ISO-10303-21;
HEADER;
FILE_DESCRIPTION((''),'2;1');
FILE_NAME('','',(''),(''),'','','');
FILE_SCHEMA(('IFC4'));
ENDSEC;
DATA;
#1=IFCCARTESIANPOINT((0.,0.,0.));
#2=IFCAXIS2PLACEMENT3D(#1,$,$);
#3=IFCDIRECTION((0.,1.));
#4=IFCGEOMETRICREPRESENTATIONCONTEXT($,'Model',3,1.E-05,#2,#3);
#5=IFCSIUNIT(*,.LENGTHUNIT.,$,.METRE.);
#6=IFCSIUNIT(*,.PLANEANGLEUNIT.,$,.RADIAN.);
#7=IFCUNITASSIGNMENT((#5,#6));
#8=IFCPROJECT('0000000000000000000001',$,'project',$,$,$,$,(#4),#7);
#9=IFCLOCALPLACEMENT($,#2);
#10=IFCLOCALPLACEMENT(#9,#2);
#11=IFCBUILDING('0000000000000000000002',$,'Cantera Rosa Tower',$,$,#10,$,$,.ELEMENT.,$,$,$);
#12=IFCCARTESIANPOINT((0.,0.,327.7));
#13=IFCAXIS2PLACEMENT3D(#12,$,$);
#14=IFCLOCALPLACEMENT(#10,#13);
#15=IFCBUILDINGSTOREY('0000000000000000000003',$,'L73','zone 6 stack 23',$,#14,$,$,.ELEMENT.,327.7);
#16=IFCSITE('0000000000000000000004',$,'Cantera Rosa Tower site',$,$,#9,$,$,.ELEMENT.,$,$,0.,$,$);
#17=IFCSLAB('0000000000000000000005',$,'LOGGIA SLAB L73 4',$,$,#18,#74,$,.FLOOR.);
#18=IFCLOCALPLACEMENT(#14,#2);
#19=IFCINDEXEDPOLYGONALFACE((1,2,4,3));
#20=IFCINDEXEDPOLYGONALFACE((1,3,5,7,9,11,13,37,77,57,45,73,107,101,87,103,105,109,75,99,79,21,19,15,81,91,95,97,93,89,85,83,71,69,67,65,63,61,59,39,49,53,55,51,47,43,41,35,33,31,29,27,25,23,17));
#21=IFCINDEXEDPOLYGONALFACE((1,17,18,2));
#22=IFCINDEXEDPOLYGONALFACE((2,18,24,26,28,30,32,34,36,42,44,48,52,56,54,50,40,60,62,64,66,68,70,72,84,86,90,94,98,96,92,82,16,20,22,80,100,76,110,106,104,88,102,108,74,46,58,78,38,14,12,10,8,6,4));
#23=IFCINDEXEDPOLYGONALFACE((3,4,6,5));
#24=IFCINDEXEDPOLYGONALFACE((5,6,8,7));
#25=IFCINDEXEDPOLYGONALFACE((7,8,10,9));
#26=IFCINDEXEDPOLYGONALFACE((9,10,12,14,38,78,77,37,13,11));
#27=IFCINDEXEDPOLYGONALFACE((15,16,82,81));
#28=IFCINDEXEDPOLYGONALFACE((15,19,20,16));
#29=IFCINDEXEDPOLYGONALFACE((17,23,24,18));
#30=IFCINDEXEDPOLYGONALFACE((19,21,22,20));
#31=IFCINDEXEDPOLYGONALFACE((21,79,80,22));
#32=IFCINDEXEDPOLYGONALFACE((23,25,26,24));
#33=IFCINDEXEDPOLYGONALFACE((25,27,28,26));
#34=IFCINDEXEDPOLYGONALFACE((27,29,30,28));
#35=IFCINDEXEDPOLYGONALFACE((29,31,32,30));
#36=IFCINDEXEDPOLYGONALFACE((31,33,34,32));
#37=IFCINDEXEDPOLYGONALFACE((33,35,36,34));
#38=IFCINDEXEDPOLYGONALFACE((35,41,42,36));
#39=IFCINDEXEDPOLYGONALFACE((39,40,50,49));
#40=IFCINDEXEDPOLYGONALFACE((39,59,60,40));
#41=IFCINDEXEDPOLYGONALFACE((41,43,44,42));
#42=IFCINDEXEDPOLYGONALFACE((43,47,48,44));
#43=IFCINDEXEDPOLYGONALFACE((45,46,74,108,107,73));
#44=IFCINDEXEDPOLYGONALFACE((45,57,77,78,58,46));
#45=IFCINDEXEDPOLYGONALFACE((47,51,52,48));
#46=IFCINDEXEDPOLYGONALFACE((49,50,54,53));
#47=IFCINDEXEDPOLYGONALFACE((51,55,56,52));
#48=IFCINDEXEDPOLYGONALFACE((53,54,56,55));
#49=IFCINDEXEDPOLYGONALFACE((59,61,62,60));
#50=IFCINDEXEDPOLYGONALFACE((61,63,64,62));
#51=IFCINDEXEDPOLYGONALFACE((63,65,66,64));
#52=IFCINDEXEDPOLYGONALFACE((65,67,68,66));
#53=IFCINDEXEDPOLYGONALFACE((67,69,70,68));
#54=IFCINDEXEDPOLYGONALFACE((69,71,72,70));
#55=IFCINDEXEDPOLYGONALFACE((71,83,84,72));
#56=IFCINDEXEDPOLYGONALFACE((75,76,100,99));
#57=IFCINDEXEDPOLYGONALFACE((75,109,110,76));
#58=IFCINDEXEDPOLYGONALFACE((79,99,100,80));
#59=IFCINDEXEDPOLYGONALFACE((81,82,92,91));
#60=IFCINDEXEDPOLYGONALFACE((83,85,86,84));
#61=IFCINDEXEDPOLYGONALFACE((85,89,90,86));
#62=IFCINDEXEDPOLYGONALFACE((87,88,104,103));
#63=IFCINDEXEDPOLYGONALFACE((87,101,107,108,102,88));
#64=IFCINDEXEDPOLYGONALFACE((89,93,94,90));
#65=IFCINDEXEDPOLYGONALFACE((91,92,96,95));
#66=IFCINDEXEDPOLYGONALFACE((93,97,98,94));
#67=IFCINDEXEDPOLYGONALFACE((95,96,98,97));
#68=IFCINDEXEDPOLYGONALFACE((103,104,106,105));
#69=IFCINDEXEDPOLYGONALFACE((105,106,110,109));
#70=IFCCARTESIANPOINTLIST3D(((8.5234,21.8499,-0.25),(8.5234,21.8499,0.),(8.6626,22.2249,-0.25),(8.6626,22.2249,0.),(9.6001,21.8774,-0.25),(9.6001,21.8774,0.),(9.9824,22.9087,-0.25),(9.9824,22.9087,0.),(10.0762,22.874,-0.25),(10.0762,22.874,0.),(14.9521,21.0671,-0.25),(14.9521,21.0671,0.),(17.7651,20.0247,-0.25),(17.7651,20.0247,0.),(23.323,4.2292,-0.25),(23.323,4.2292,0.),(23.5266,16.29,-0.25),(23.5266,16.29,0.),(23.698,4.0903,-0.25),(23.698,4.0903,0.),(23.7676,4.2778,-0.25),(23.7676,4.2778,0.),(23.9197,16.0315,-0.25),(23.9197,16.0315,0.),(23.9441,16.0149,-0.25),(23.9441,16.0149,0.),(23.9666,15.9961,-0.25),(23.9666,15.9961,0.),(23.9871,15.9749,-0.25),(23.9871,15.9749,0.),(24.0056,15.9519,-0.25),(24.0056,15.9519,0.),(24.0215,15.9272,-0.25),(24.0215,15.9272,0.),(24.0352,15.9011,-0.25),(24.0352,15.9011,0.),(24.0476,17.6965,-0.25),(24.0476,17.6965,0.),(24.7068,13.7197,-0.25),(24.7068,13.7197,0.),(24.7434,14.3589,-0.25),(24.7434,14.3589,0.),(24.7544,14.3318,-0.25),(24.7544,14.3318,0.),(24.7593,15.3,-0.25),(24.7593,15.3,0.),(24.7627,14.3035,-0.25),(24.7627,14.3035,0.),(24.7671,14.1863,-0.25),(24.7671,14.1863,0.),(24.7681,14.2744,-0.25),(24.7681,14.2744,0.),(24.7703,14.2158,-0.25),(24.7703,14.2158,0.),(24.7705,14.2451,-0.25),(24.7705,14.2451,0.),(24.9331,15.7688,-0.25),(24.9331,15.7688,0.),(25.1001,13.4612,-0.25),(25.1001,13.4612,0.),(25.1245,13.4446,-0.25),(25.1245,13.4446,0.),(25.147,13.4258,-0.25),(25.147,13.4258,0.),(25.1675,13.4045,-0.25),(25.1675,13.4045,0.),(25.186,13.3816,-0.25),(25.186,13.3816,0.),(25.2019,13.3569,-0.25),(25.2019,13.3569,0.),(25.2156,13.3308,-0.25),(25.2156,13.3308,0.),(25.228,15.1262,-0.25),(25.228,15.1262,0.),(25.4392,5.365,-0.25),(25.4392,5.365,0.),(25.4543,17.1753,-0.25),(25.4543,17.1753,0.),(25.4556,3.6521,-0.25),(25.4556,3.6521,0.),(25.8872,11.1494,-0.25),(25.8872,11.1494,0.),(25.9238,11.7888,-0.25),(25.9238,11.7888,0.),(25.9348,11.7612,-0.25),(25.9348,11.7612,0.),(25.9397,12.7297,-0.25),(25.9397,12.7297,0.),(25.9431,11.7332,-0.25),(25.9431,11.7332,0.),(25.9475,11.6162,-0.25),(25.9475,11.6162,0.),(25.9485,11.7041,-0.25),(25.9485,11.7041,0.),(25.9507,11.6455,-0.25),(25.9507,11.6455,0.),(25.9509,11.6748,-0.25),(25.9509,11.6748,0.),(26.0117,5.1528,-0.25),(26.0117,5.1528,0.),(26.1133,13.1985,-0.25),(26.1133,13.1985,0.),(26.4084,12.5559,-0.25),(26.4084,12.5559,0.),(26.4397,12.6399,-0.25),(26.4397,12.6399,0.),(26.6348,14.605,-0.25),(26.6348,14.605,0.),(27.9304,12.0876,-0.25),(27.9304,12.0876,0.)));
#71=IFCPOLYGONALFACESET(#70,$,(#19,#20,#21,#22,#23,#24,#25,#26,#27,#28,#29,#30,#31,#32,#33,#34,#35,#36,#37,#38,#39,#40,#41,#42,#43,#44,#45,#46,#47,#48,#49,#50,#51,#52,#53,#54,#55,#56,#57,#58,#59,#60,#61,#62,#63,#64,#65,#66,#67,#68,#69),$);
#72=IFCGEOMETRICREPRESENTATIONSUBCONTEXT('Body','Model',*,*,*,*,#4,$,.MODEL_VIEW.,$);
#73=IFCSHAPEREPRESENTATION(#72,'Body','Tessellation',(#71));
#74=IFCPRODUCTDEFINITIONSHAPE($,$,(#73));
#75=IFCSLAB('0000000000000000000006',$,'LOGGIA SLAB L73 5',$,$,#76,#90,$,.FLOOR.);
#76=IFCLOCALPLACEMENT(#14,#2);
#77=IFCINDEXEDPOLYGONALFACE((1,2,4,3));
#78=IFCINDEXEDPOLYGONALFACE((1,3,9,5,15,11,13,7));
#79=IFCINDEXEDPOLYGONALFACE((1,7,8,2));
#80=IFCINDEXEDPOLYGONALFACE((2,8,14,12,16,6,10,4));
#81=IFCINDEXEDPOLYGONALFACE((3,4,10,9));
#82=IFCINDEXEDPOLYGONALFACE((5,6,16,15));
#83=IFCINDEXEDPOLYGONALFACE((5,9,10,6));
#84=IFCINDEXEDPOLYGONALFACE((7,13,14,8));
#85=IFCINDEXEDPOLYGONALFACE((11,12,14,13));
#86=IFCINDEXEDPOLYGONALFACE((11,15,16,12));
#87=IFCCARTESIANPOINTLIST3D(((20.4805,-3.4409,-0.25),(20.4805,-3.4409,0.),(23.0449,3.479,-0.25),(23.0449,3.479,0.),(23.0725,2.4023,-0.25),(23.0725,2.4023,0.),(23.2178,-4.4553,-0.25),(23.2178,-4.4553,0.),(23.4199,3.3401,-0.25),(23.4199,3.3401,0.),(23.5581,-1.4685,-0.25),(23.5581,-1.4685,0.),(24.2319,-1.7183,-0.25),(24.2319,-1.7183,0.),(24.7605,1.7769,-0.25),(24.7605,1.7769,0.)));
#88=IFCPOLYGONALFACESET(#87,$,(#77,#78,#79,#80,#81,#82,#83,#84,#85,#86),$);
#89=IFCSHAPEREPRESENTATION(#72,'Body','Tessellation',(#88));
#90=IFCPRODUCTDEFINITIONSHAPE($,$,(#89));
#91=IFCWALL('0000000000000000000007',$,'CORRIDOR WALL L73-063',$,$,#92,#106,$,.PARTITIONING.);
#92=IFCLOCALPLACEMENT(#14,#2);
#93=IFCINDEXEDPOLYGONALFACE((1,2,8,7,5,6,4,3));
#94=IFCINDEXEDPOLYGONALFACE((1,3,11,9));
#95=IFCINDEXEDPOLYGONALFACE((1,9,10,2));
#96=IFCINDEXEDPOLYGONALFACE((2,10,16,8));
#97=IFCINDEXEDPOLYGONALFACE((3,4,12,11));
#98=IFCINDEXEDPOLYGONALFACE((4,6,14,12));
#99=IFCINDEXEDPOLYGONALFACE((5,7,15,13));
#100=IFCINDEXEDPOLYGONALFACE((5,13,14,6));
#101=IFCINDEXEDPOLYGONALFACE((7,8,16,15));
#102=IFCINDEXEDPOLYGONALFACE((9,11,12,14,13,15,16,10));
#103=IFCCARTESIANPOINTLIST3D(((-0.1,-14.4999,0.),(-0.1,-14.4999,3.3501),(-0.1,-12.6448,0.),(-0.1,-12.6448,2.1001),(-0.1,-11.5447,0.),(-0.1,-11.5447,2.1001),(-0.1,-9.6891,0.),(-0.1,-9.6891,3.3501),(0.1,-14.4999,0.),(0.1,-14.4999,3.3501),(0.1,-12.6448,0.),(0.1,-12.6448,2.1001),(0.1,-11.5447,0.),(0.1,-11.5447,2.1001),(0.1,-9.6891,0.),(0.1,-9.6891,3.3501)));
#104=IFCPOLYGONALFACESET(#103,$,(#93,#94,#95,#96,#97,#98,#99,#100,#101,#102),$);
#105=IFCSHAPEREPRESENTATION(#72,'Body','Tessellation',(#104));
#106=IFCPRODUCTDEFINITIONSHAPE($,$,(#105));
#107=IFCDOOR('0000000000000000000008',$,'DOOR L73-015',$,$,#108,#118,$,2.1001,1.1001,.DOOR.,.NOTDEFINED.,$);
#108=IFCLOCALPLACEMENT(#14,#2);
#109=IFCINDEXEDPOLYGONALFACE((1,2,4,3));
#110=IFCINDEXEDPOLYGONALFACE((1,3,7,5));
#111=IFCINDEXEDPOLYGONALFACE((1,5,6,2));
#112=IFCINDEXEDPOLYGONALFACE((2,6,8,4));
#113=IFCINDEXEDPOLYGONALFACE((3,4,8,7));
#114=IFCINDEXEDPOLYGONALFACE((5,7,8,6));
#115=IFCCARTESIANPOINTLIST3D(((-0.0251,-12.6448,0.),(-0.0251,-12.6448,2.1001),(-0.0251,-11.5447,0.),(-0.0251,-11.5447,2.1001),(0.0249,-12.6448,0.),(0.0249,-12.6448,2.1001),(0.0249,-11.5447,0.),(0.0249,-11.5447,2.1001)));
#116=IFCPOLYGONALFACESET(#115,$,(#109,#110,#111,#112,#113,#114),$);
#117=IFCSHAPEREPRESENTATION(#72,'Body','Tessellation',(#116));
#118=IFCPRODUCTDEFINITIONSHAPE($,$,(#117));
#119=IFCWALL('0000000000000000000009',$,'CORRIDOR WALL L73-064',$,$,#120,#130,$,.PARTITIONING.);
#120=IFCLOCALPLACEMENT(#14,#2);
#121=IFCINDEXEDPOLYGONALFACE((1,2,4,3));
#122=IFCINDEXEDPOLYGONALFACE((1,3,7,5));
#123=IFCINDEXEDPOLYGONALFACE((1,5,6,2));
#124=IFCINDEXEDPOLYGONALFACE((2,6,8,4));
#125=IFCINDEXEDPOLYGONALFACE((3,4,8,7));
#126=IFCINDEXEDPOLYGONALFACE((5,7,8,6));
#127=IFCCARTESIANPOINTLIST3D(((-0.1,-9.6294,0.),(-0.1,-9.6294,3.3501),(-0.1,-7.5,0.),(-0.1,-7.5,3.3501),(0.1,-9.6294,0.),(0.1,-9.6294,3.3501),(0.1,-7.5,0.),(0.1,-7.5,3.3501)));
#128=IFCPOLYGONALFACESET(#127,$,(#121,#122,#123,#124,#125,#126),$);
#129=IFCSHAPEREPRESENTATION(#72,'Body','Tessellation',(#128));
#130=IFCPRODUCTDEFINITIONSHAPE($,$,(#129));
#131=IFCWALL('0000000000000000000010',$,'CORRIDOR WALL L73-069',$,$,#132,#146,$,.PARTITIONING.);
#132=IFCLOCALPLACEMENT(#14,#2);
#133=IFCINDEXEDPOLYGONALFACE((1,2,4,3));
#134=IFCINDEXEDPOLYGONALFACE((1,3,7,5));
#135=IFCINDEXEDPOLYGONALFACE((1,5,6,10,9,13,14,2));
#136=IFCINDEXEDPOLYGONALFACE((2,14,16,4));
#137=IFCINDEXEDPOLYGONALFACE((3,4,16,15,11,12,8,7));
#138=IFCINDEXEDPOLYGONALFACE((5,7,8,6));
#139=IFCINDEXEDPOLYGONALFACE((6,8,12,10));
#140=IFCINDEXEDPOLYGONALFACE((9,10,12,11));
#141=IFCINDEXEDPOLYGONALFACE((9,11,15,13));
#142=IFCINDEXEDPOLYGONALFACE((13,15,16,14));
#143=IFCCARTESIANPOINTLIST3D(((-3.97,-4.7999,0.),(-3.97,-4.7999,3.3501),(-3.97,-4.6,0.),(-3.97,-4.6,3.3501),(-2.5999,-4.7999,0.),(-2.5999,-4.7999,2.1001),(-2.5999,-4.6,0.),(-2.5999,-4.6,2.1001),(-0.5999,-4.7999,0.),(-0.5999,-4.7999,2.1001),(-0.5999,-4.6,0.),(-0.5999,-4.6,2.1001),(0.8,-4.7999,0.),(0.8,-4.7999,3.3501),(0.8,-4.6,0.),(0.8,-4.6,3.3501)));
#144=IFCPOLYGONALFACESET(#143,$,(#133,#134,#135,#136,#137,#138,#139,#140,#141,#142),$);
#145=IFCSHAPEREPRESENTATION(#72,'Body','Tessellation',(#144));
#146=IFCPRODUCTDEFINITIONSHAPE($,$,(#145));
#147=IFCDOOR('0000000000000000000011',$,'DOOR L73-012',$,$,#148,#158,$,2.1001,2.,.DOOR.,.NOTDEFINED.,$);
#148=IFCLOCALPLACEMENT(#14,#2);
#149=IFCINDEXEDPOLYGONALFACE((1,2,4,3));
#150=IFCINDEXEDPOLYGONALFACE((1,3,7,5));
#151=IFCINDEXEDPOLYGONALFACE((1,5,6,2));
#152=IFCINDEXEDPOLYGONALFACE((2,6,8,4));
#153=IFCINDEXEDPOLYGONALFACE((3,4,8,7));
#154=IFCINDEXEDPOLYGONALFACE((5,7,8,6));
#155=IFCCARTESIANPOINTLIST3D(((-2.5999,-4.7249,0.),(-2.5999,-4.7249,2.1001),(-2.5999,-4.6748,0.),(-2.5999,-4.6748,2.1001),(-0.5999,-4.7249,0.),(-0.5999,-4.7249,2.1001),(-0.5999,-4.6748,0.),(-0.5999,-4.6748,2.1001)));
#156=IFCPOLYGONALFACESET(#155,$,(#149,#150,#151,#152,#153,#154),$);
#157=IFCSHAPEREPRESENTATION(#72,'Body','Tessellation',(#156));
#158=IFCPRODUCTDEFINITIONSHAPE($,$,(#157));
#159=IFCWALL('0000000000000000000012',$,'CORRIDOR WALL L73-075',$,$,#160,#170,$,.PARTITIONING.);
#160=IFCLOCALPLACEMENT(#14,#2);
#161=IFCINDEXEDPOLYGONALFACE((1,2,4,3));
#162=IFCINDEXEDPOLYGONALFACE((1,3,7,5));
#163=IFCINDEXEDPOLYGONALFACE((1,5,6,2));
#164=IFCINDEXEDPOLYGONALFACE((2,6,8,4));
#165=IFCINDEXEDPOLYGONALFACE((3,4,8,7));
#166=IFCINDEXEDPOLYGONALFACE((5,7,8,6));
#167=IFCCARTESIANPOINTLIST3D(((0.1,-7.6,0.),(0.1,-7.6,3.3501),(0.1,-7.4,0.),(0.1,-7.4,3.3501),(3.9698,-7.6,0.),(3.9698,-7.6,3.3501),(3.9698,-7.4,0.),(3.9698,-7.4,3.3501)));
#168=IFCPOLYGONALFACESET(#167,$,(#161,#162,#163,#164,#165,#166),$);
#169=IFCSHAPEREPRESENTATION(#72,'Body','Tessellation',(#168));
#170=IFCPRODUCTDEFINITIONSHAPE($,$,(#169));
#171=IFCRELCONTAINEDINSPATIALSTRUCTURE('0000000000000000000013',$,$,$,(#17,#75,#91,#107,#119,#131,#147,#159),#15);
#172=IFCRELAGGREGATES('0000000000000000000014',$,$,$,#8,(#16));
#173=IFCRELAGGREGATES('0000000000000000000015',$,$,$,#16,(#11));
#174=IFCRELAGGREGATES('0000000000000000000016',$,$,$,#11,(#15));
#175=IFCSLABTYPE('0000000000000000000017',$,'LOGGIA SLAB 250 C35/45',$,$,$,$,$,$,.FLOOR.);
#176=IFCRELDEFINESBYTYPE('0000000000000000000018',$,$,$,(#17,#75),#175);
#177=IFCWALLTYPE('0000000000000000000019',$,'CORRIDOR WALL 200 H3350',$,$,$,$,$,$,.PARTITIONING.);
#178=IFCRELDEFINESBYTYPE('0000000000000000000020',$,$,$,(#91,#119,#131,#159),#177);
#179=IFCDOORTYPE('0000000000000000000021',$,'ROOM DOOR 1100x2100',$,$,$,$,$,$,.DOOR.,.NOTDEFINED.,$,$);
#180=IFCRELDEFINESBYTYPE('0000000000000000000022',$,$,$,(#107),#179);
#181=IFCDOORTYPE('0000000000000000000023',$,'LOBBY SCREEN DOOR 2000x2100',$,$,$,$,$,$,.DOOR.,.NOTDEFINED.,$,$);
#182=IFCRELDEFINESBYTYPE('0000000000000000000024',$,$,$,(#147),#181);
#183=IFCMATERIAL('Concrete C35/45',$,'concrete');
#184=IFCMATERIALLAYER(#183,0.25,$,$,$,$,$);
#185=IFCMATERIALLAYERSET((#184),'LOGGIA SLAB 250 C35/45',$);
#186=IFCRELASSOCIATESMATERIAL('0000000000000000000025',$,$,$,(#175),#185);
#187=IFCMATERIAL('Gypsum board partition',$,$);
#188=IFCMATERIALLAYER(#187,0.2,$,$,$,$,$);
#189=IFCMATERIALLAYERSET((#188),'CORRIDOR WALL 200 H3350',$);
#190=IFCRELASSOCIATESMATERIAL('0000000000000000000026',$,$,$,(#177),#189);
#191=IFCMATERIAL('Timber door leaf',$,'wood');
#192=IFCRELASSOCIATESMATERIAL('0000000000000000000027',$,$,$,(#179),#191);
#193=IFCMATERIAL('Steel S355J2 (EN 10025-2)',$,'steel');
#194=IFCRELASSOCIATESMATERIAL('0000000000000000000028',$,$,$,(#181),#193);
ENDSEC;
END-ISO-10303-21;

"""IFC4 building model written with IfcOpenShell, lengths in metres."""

from ifc_helpers import new_model, si_unit, direction, frame, frame_2d, origin, place, context, subcontext, project, spatial, polyline, rectangle, outline, extrude, material, layer, layer_set, type_object, element, fill, save


model = new_model("IFC4")

# Units and contexts
model_context = context("Model", 3, precision=1e-05, world=origin(), true_north=direction((0.0, 1.0)))
body_context = subcontext(model_context, "Body", "Model", "MODEL_VIEW")
ifc_project = project(units=[si_unit("LENGTHUNIT", "METRE"), si_unit("PLANEANGLEUNIT", "RADIAN")], contexts=[model_context])

# Site, building, storey
site_placement = place(None, origin())
site = spatial("IfcSite", under=ifc_project, at=site_placement, Name="Cantera Rosa Tower site", CompositionType="ELEMENT", RefElevation=0.0)
building_placement = place(site_placement, origin())
building = spatial("IfcBuilding", under=site, at=building_placement, Name="Cantera Rosa Tower", CompositionType="ELEMENT")
storey_placement = place(building_placement, frame((0.0, 0.0, 327.7)))
storey = spatial("IfcBuildingStorey", under=building, at=storey_placement, Name="L73", Description="zone 6 stack 23", CompositionType="ELEMENT", Elevation=327.7)

# Slabs
ifc_material_1 = material(Name="Concrete C35/45", Category="concrete")
ifc_layer_1 = layer(ifc_material_1, 0.25)
ifc_layer_set_1 = layer_set([ifc_layer_1], Name="LOGGIA SLAB 250 C35/45")
slab_type_1 = type_object("IfcSlabType", Name="LOGGIA SLAB 250 C35/45", PredefinedType="FLOOR", material=ifc_layer_set_1)
slab_1_placement = place(storey_placement, frame((0.0, 0.0, -0.25)))
element("IfcSlab", 1, at=slab_1_placement, inside=storey, type_object=slab_type_1, Name="LOGGIA SLAB L73 4", PredefinedType="FLOOR", context=body_context, shape_type="SweptSolid", body=[
    extrude(outline(polyline([(24.9331, 15.7688), (24.7593, 15.3), (25.228, 15.1262), (26.6348, 14.605), (26.1133, 13.1985), (25.9397, 12.7297), (26.4084, 12.5559), (26.4397, 12.6399), (27.9304, 12.0876), (25.4392, 5.365), (26.0117, 5.1528), (25.4556, 3.6521), (23.7676, 4.2778), (23.698, 4.0903), (23.323, 4.2292), (25.8872, 11.1494), (25.9475, 11.6162), (25.9507, 11.6455), (25.9509, 11.6748), (25.9485, 11.7041), (25.9431, 11.7332), (25.9348, 11.7612), (25.9238, 11.7888), (25.2156, 13.3308), (25.2019, 13.3569), (25.186, 13.3816), (25.1675, 13.4045), (25.147, 13.4258), (25.1245, 13.4446), (25.1001, 13.4612), (24.7068, 13.7197), (24.7671, 14.1863), (24.7703, 14.2158), (24.7705, 14.2451), (24.7681, 14.2744), (24.7627, 14.3035), (24.7544, 14.3318), (24.7434, 14.3589), (24.0352, 15.9011), (24.0215, 15.9272), (24.0056, 15.9519), (23.9871, 15.9749), (23.9666, 15.9961), (23.9441, 16.0149), (23.9197, 16.0315), (23.5266, 16.29), (8.5234, 21.8499), (8.6626, 22.2249), (9.6001, 21.8774), (9.9824, 22.9087), (10.0762, 22.874), (14.9521, 21.0671), (17.7651, 20.0247), (24.0476, 17.6965), (25.4543, 17.1753), (24.9331, 15.7688)])), origin(), (0.0, 0.0, 1.0), 0.25),
])
slab_2_placement = place(storey_placement, frame((0.0, 0.0, -0.25)))
element("IfcSlab", 2, at=slab_2_placement, inside=storey, type_object=slab_type_1, Name="LOGGIA SLAB L73 5", PredefinedType="FLOOR", context=body_context, shape_type="SweptSolid", body=[
    extrude(outline(polyline([(24.7605, 1.7769), (23.5581, -1.4685), (24.2319, -1.7183), (23.2178, -4.4553), (20.4805, -3.4409), (23.0449, 3.479), (23.4199, 3.3401), (23.0725, 2.4023), (24.7605, 1.7769)])), origin(), (0.0, 0.0, 1.0), 0.25),
])

# Wall, opening, door
ifc_material_2 = material(Name="Gypsum board partition")
ifc_layer_2 = layer(ifc_material_2, 0.2)
ifc_layer_set_2 = layer_set([ifc_layer_2], Name="CORRIDOR WALL 200 H3350")
wall_type_1 = type_object("IfcWallType", Name="CORRIDOR WALL 200 H3350", PredefinedType="PARTITIONING", material=ifc_layer_set_2)
wall_1_placement = place(storey_placement, frame((0.0, -9.6892, 0.0), z_axis=(0.0, 0.0, 1.0), x_axis=(0.0, -1.0, 0.0)))
wall_1 = element("IfcWall", 3, at=wall_1_placement, inside=storey, type_object=wall_type_1, Name="CORRIDOR WALL L73-063", PredefinedType="PARTITIONING", context=body_context, shape_type="SweptSolid", body=[
    extrude(rectangle(XDim=4.8108, YDim=0.2, at=frame_2d((2.4053, 0.0))), origin(), (0.0, 0.0, 1.0), 3.3501),
])
opening_1_placement = place(wall_1_placement, frame((1.8555, 0.0, 0.0)))
opening_1 = element("IfcOpeningElement", 4, at=opening_1_placement, cuts=wall_1, PredefinedType="OPENING", context=body_context, shape_type="SweptSolid", body=[
    extrude(rectangle(XDim=1.1001, YDim=2.1001, at=frame_2d((0.55, 1.05))), frame((0.0, 0.1099, 0.0), z_axis=(0.0, -1.0, 0.0), x_axis=(1.0, 0.0, 0.0)), (0.0, 0.0, 1.0), 0.22),
])
ifc_material_3 = material(Name="Timber door leaf", Category="wood")
door_type_1 = type_object("IfcDoorType", Name="ROOM DOOR 1100x2100", OperationType="NOTDEFINED", PredefinedType="DOOR", material=ifc_material_3)
door_1_placement = place(opening_1_placement, origin())
door_1 = element("IfcDoor", 5, at=door_1_placement, inside=storey, type_object=door_type_1, Name="DOOR L73-015", OperationType="NOTDEFINED", OverallHeight=2.1001, OverallWidth=1.1001, PredefinedType="DOOR", context=body_context, shape_type="SweptSolid", body=[
    extrude(rectangle(XDim=1.1001, YDim=2.1001, at=frame_2d((0.55, 1.05))), frame((0.0, 0.0249, 0.0), z_axis=(0.0, -1.0, 0.0), x_axis=(1.0, 0.0, 0.0)), (0.0, 0.0, 1.0), 0.05),
])
fill(opening_1, door_1)

# Wall
wall_2_placement = place(storey_placement, frame((0.0, -7.5, 0.0), z_axis=(0.0, 0.0, 1.0), x_axis=(0.0, -1.0, 0.0)))
element("IfcWall", 6, at=wall_2_placement, inside=storey, type_object=wall_type_1, Name="CORRIDOR WALL L73-064", PredefinedType="PARTITIONING", context=body_context, shape_type="SweptSolid", body=[
    extrude(rectangle(XDim=2.1294, YDim=0.2, at=frame_2d((1.0647, 0.0))), origin(), (0.0, 0.0, 1.0), 3.3501),
])

# Wall, opening, door
wall_3_placement = place(storey_placement, frame((0.8, -4.7, 0.0), z_axis=(0.0, 0.0, 1.0), x_axis=(-1.0, 0.0, 0.0)))
wall_3 = element("IfcWall", 7, at=wall_3_placement, inside=storey, type_object=wall_type_1, Name="CORRIDOR WALL L73-069", PredefinedType="PARTITIONING", context=body_context, shape_type="SweptSolid", body=[
    extrude(rectangle(XDim=4.77, YDim=0.2, at=frame_2d((2.385, 0.0))), origin(), (0.0, 0.0, 1.0), 3.3501),
])
opening_2_placement = place(wall_3_placement, frame((1.3999, 0.0, 0.0)))
opening_2 = element("IfcOpeningElement", 8, at=opening_2_placement, cuts=wall_3, PredefinedType="OPENING", context=body_context, shape_type="SweptSolid", body=[
    extrude(rectangle(XDim=2.0, YDim=2.1001, at=frame_2d((1.0, 1.05))), frame((0.0, 0.1099, 0.0), z_axis=(0.0, -1.0, 0.0), x_axis=(1.0, 0.0, 0.0)), (0.0, 0.0, 1.0), 0.22),
])
ifc_material_4 = material(Name="Steel S355J2 (EN 10025-2)", Category="steel")
door_type_2 = type_object("IfcDoorType", Name="LOBBY SCREEN DOOR 2000x2100", OperationType="NOTDEFINED", PredefinedType="DOOR", material=ifc_material_4)
door_2_placement = place(opening_2_placement, origin())
door_2 = element("IfcDoor", 9, at=door_2_placement, inside=storey, type_object=door_type_2, Name="DOOR L73-012", OperationType="NOTDEFINED", OverallHeight=2.1001, OverallWidth=2.0, PredefinedType="DOOR", context=body_context, shape_type="SweptSolid", body=[
    extrude(rectangle(XDim=2.0, YDim=2.1001, at=frame_2d((1.0, 1.05))), frame((0.0, 0.0249, 0.0), z_axis=(0.0, -1.0, 0.0), x_axis=(1.0, 0.0, 0.0)), (0.0, 0.0, 1.0), 0.05),
])
fill(opening_2, door_2)

# Wall
wall_4_placement = place(storey_placement, frame((3.97, -7.5, 0.0), z_axis=(0.0, 0.0, 1.0), x_axis=(-1.0, 0.0, 0.0)))
element("IfcWall", 10, at=wall_4_placement, inside=storey, type_object=wall_type_1, Name="CORRIDOR WALL L73-075", PredefinedType="PARTITIONING", context=body_context, shape_type="SweptSolid", body=[
    extrude(rectangle(XDim=3.8699, YDim=0.2, at=frame_2d((1.9351, 0.0))), origin(), (0.0, 0.0, 1.0), 3.3501),
])

save(model, "model.ifc")
